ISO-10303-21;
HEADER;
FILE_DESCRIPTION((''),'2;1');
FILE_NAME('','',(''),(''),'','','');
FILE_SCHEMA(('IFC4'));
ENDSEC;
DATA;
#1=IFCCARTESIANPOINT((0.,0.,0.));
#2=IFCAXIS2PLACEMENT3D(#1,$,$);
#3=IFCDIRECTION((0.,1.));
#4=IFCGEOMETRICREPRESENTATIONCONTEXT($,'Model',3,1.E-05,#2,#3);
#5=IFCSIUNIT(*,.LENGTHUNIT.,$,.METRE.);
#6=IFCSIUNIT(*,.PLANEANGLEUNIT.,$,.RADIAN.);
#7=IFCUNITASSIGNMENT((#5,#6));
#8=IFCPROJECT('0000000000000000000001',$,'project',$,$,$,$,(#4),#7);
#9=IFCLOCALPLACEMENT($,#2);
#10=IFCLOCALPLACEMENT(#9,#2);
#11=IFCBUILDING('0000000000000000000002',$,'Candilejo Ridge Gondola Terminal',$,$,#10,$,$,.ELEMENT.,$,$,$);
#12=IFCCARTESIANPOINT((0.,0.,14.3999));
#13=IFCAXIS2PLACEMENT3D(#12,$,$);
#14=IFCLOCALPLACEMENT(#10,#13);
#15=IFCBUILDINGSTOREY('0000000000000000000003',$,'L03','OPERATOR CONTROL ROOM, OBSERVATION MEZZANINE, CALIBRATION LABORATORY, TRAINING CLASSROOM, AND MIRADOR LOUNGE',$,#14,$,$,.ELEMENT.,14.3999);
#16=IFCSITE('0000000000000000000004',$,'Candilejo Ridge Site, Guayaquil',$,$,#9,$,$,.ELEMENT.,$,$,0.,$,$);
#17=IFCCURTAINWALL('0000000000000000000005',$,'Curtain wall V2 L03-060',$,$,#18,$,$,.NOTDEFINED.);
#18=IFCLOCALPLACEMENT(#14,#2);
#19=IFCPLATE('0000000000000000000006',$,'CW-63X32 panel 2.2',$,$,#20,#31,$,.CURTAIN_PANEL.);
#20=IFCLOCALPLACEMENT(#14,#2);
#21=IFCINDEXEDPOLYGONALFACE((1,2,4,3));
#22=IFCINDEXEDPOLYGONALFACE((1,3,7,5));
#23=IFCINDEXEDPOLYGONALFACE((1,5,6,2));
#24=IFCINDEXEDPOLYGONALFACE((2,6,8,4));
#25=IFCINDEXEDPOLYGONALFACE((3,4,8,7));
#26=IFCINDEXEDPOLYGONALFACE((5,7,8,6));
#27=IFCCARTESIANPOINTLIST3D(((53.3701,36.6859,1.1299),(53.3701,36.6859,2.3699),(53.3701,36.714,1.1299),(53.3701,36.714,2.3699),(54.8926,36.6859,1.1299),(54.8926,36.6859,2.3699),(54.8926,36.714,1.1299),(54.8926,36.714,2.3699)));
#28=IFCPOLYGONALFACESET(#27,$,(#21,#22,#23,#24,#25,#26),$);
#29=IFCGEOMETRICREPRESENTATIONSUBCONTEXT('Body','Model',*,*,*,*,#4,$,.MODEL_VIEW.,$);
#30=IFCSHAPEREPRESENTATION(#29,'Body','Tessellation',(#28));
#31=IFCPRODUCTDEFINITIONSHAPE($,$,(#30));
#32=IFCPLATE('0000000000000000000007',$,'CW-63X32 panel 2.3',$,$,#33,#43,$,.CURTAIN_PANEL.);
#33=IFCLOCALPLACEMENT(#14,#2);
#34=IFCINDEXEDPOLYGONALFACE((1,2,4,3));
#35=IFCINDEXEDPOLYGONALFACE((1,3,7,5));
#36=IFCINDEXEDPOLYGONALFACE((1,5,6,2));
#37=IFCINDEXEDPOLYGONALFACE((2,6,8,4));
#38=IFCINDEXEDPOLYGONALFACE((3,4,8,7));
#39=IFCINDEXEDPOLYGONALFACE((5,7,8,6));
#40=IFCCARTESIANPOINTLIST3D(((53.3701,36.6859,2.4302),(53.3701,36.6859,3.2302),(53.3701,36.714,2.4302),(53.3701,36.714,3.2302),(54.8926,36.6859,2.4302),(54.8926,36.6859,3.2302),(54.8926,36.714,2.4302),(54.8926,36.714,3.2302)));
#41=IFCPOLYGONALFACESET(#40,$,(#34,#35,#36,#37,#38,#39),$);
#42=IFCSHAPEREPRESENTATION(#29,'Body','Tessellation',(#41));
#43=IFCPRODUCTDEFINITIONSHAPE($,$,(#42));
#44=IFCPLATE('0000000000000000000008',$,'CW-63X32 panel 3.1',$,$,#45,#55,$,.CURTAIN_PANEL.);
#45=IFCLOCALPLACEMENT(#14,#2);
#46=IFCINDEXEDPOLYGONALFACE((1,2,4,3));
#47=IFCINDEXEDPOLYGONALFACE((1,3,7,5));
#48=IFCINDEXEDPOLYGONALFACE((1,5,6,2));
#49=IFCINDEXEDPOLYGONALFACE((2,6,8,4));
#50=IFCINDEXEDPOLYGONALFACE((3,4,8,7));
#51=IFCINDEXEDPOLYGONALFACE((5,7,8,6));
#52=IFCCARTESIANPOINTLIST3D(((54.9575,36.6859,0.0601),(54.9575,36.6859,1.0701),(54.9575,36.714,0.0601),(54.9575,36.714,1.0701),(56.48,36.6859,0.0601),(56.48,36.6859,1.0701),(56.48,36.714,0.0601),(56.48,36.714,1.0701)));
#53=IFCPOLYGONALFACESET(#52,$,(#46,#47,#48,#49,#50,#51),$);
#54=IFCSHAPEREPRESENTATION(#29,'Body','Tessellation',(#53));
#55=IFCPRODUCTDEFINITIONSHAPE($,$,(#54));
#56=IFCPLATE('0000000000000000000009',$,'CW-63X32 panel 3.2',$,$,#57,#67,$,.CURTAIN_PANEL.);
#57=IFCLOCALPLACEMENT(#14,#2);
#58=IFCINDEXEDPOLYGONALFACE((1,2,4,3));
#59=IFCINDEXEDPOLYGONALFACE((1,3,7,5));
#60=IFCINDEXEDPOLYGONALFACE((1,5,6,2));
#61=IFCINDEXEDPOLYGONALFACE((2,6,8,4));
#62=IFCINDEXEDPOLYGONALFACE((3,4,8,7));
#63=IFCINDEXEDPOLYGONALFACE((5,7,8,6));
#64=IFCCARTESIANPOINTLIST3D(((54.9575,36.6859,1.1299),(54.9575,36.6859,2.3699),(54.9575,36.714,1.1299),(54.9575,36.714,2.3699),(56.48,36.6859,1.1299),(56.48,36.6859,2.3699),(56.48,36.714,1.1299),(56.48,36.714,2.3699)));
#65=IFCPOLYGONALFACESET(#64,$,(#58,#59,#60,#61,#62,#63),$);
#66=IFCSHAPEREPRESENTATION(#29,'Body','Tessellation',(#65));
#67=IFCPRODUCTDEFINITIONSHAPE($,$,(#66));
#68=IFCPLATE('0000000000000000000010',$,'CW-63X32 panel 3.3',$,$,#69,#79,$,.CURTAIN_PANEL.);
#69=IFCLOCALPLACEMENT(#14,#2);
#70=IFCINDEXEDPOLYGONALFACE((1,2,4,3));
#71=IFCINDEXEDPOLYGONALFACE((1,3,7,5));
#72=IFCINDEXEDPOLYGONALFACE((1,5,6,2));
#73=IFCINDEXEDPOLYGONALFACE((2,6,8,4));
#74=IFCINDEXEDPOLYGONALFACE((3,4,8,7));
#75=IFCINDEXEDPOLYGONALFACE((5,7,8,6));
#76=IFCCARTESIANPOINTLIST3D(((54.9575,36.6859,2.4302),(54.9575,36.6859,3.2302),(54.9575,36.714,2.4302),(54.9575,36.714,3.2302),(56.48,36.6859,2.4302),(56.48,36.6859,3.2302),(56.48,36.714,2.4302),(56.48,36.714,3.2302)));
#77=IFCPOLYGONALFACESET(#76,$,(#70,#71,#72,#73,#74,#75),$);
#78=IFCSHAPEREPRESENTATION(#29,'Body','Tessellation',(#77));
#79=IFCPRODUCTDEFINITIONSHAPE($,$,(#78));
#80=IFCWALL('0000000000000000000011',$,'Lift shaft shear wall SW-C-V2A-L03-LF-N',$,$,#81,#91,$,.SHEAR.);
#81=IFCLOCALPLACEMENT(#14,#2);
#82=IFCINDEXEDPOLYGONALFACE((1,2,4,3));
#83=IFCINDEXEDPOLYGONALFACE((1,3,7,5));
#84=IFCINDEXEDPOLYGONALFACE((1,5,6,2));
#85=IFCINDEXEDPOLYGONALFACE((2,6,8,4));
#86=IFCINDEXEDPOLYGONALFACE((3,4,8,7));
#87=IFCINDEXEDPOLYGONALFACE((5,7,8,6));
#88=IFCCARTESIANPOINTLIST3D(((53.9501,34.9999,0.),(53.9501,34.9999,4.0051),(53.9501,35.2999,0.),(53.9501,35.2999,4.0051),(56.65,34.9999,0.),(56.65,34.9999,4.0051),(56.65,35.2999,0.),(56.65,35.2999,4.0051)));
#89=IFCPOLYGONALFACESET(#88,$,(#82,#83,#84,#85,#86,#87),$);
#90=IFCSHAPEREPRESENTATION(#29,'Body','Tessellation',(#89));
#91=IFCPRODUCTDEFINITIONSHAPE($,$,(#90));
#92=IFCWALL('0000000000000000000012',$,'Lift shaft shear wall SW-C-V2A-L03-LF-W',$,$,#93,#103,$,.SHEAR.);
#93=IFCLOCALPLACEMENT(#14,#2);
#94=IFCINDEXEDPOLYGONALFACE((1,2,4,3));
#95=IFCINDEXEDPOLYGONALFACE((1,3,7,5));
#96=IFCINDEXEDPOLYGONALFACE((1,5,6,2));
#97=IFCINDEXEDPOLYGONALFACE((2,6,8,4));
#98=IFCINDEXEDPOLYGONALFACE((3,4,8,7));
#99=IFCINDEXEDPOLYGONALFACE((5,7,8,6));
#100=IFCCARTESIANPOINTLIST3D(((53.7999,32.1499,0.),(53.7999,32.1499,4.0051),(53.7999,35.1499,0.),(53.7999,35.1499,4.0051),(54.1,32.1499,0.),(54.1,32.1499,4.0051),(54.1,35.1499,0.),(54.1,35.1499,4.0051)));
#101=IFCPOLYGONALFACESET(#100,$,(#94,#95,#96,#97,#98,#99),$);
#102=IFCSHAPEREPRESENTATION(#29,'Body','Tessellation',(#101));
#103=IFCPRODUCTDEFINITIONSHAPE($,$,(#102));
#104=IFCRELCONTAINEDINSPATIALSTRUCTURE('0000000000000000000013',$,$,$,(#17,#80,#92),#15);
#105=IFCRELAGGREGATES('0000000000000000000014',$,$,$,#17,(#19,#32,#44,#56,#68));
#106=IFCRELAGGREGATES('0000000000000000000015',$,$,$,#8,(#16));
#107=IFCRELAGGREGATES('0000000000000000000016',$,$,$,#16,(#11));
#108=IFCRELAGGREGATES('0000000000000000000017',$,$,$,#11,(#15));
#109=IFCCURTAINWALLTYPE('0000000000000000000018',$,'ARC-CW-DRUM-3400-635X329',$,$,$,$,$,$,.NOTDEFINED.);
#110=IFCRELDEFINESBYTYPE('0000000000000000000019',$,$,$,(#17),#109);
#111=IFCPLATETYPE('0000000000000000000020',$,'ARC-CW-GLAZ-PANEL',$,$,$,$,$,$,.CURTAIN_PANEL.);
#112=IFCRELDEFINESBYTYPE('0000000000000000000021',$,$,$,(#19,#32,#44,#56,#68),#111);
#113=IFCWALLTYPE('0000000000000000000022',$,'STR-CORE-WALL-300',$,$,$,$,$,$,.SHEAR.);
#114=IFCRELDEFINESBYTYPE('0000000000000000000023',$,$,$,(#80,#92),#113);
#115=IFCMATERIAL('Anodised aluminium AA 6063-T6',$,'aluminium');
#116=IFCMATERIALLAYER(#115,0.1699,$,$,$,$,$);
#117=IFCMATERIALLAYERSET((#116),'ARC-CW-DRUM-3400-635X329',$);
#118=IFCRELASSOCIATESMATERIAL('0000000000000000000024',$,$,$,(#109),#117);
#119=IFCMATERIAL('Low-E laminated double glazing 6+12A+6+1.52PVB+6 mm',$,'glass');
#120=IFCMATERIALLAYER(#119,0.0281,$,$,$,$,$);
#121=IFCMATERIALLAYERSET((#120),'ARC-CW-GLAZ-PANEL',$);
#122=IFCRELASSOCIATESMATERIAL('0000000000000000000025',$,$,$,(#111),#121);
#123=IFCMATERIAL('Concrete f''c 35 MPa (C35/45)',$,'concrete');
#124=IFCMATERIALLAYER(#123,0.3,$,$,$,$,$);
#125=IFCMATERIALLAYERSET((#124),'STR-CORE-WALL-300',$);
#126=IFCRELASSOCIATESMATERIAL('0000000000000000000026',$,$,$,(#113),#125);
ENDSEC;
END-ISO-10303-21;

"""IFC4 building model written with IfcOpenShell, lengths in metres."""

from ifc_helpers import new_model, si_unit, direction, frame, frame_2d, origin, origin_2d, place, context, subcontext, project, spatial, rectangle, extrude, material, layer, layer_set, type_object, element, aggregate, save


model = new_model("IFC4")

# Units and contexts
model_context = context("Model", 3, precision=1e-05, world=origin(), true_north=direction((0.0, 1.0)))
body_context = subcontext(model_context, "Body", "Model", "MODEL_VIEW")
ifc_project = project(units=[si_unit("LENGTHUNIT", "METRE"), si_unit("PLANEANGLEUNIT", "RADIAN")], contexts=[model_context])

# Site, building, storey
site_placement = place(None, origin())
site = spatial("IfcSite", under=ifc_project, at=site_placement, Name="Candilejo Ridge Site, Guayaquil", CompositionType="ELEMENT", RefElevation=0.0)
building_placement = place(site_placement, origin())
building = spatial("IfcBuilding", under=site, at=building_placement, Name="Candilejo Ridge Gondola Terminal", CompositionType="ELEMENT")
storey_placement = place(building_placement, frame((0.0, 0.0, 14.3999)))
storey = spatial("IfcBuildingStorey", under=building, at=storey_placement, Name="L03", Description="OPERATOR CONTROL ROOM, OBSERVATION MEZZANINE, CALIBRATION LABORATORY, TRAINING CLASSROOM, AND MIRADOR LOUNGE", CompositionType="ELEMENT", Elevation=14.3999)

# Curtain wall, plates
ifc_material_1 = material(Name="Anodised aluminium AA 6063-T6", Category="aluminium")
ifc_layer_1 = layer(ifc_material_1, 0.1699)
ifc_layer_set_1 = layer_set([ifc_layer_1], Name="ARC-CW-DRUM-3400-635X329")
curtain_wall_type = type_object("IfcCurtainWallType", Name="ARC-CW-DRUM-3400-635X329", PredefinedType="NOTDEFINED", material=ifc_layer_set_1)
curtain_wall_placement = place(storey_placement, origin())
curtain_wall = element("IfcCurtainWall", 1, at=curtain_wall_placement, inside=storey, type_object=curtain_wall_type, Name="Curtain wall V2 L03-060", PredefinedType="NOTDEFINED")
ifc_material_2 = material(Name="Low-E laminated double glazing 6+12A+6+1.52PVB+6 mm", Category="glass")
ifc_layer_2 = layer(ifc_material_2, 0.0281)
ifc_layer_set_2 = layer_set([ifc_layer_2], Name="ARC-CW-GLAZ-PANEL")
plate_type = type_object("IfcPlateType", Name="ARC-CW-GLAZ-PANEL", PredefinedType="CURTAIN_PANEL", material=ifc_layer_set_2)
plate_1_placement = place(storey_placement, frame((54.1313, 36.7, 1.1299), z_axis=(0.0, 0.0, 1.0), x_axis=(1.0, 0.0, 0.0)))
plate_1 = element("IfcPlate", 2, at=plate_1_placement, type_object=plate_type, Name="CW-63X32 panel 2.2", PredefinedType="CURTAIN_PANEL", context=body_context, shape_type="SweptSolid", body=[
    extrude(rectangle(XDim=1.5225, YDim=0.0281, at=origin_2d()), origin(), (0.0, 0.0, 1.0), 1.24),
])
plate_2_placement = place(storey_placement, frame((54.1313, 36.7, 2.4302), z_axis=(0.0, 0.0, 1.0), x_axis=(1.0, 0.0, 0.0)))
plate_2 = element("IfcPlate", 3, at=plate_2_placement, type_object=plate_type, Name="CW-63X32 panel 2.3", PredefinedType="CURTAIN_PANEL", context=body_context, shape_type="SweptSolid", body=[
    extrude(rectangle(XDim=1.5225, YDim=0.0281, at=origin_2d()), origin(), (0.0, 0.0, 1.0), 0.8),
])
plate_3_placement = place(storey_placement, frame((55.7188, 36.7, 0.0601), z_axis=(0.0, 0.0, 1.0), x_axis=(1.0, 0.0, 0.0)))
plate_3 = element("IfcPlate", 4, at=plate_3_placement, type_object=plate_type, Name="CW-63X32 panel 3.1", PredefinedType="CURTAIN_PANEL", context=body_context, shape_type="SweptSolid", body=[
    extrude(rectangle(XDim=1.5225, YDim=0.0281, at=origin_2d()), origin(), (0.0, 0.0, 1.0), 1.01),
])
plate_4_placement = place(storey_placement, frame((55.7188, 36.7, 1.1299), z_axis=(0.0, 0.0, 1.0), x_axis=(1.0, 0.0, 0.0)))
plate_4 = element("IfcPlate", 5, at=plate_4_placement, type_object=plate_type, Name="CW-63X32 panel 3.2", PredefinedType="CURTAIN_PANEL", context=body_context, shape_type="SweptSolid", body=[
    extrude(rectangle(XDim=1.5225, YDim=0.0281, at=origin_2d()), origin(), (0.0, 0.0, 1.0), 1.24),
])
plate_5_placement = place(storey_placement, frame((55.7188, 36.7, 2.4302), z_axis=(0.0, 0.0, 1.0), x_axis=(1.0, 0.0, 0.0)))
plate_5 = element("IfcPlate", 6, at=plate_5_placement, type_object=plate_type, Name="CW-63X32 panel 3.3", PredefinedType="CURTAIN_PANEL", context=body_context, shape_type="SweptSolid", body=[
    extrude(rectangle(XDim=1.5225, YDim=0.0281, at=origin_2d()), origin(), (0.0, 0.0, 1.0), 0.8),
])
aggregate(curtain_wall, [plate_1, plate_2, plate_3, plate_4, plate_5])

# Walls
ifc_material_3 = material(Name="Concrete f'c 35 MPa (C35/45)", Category="concrete")
ifc_layer_3 = layer(ifc_material_3, 0.3)
ifc_layer_set_3 = layer_set([ifc_layer_3], Name="STR-CORE-WALL-300")
wall_type = type_object("IfcWallType", Name="STR-CORE-WALL-300", PredefinedType="SHEAR", material=ifc_layer_set_3)
wall_1_placement = place(storey_placement, frame((53.95, 35.1499, 0.0), z_axis=(0.0, 0.0, 1.0), x_axis=(1.0, 0.0, 0.0)))
element("IfcWall", 7, at=wall_1_placement, inside=storey, type_object=wall_type, Name="Lift shaft shear wall SW-C-V2A-L03-LF-N", PredefinedType="SHEAR", context=body_context, shape_type="SweptSolid", body=[
    extrude(rectangle(XDim=2.7, YDim=0.3, at=frame_2d((1.3501, 0.0))), origin(), (0.0, 0.0, 1.0), 4.0051),
])
wall_2_placement = place(storey_placement, frame((53.95, 32.1499, 0.0), z_axis=(0.0, 0.0, 1.0), x_axis=(0.0, 1.0, 0.0)))
element("IfcWall", 8, at=wall_2_placement, inside=storey, type_object=wall_type, Name="Lift shaft shear wall SW-C-V2A-L03-LF-W", PredefinedType="SHEAR", context=body_context, shape_type="SweptSolid", body=[
    extrude(rectangle(XDim=3.0, YDim=0.3, at=frame_2d((1.5, 0.0))), origin(), (0.0, 0.0, 1.0), 4.0051),
])

save(model, "model.ifc")
